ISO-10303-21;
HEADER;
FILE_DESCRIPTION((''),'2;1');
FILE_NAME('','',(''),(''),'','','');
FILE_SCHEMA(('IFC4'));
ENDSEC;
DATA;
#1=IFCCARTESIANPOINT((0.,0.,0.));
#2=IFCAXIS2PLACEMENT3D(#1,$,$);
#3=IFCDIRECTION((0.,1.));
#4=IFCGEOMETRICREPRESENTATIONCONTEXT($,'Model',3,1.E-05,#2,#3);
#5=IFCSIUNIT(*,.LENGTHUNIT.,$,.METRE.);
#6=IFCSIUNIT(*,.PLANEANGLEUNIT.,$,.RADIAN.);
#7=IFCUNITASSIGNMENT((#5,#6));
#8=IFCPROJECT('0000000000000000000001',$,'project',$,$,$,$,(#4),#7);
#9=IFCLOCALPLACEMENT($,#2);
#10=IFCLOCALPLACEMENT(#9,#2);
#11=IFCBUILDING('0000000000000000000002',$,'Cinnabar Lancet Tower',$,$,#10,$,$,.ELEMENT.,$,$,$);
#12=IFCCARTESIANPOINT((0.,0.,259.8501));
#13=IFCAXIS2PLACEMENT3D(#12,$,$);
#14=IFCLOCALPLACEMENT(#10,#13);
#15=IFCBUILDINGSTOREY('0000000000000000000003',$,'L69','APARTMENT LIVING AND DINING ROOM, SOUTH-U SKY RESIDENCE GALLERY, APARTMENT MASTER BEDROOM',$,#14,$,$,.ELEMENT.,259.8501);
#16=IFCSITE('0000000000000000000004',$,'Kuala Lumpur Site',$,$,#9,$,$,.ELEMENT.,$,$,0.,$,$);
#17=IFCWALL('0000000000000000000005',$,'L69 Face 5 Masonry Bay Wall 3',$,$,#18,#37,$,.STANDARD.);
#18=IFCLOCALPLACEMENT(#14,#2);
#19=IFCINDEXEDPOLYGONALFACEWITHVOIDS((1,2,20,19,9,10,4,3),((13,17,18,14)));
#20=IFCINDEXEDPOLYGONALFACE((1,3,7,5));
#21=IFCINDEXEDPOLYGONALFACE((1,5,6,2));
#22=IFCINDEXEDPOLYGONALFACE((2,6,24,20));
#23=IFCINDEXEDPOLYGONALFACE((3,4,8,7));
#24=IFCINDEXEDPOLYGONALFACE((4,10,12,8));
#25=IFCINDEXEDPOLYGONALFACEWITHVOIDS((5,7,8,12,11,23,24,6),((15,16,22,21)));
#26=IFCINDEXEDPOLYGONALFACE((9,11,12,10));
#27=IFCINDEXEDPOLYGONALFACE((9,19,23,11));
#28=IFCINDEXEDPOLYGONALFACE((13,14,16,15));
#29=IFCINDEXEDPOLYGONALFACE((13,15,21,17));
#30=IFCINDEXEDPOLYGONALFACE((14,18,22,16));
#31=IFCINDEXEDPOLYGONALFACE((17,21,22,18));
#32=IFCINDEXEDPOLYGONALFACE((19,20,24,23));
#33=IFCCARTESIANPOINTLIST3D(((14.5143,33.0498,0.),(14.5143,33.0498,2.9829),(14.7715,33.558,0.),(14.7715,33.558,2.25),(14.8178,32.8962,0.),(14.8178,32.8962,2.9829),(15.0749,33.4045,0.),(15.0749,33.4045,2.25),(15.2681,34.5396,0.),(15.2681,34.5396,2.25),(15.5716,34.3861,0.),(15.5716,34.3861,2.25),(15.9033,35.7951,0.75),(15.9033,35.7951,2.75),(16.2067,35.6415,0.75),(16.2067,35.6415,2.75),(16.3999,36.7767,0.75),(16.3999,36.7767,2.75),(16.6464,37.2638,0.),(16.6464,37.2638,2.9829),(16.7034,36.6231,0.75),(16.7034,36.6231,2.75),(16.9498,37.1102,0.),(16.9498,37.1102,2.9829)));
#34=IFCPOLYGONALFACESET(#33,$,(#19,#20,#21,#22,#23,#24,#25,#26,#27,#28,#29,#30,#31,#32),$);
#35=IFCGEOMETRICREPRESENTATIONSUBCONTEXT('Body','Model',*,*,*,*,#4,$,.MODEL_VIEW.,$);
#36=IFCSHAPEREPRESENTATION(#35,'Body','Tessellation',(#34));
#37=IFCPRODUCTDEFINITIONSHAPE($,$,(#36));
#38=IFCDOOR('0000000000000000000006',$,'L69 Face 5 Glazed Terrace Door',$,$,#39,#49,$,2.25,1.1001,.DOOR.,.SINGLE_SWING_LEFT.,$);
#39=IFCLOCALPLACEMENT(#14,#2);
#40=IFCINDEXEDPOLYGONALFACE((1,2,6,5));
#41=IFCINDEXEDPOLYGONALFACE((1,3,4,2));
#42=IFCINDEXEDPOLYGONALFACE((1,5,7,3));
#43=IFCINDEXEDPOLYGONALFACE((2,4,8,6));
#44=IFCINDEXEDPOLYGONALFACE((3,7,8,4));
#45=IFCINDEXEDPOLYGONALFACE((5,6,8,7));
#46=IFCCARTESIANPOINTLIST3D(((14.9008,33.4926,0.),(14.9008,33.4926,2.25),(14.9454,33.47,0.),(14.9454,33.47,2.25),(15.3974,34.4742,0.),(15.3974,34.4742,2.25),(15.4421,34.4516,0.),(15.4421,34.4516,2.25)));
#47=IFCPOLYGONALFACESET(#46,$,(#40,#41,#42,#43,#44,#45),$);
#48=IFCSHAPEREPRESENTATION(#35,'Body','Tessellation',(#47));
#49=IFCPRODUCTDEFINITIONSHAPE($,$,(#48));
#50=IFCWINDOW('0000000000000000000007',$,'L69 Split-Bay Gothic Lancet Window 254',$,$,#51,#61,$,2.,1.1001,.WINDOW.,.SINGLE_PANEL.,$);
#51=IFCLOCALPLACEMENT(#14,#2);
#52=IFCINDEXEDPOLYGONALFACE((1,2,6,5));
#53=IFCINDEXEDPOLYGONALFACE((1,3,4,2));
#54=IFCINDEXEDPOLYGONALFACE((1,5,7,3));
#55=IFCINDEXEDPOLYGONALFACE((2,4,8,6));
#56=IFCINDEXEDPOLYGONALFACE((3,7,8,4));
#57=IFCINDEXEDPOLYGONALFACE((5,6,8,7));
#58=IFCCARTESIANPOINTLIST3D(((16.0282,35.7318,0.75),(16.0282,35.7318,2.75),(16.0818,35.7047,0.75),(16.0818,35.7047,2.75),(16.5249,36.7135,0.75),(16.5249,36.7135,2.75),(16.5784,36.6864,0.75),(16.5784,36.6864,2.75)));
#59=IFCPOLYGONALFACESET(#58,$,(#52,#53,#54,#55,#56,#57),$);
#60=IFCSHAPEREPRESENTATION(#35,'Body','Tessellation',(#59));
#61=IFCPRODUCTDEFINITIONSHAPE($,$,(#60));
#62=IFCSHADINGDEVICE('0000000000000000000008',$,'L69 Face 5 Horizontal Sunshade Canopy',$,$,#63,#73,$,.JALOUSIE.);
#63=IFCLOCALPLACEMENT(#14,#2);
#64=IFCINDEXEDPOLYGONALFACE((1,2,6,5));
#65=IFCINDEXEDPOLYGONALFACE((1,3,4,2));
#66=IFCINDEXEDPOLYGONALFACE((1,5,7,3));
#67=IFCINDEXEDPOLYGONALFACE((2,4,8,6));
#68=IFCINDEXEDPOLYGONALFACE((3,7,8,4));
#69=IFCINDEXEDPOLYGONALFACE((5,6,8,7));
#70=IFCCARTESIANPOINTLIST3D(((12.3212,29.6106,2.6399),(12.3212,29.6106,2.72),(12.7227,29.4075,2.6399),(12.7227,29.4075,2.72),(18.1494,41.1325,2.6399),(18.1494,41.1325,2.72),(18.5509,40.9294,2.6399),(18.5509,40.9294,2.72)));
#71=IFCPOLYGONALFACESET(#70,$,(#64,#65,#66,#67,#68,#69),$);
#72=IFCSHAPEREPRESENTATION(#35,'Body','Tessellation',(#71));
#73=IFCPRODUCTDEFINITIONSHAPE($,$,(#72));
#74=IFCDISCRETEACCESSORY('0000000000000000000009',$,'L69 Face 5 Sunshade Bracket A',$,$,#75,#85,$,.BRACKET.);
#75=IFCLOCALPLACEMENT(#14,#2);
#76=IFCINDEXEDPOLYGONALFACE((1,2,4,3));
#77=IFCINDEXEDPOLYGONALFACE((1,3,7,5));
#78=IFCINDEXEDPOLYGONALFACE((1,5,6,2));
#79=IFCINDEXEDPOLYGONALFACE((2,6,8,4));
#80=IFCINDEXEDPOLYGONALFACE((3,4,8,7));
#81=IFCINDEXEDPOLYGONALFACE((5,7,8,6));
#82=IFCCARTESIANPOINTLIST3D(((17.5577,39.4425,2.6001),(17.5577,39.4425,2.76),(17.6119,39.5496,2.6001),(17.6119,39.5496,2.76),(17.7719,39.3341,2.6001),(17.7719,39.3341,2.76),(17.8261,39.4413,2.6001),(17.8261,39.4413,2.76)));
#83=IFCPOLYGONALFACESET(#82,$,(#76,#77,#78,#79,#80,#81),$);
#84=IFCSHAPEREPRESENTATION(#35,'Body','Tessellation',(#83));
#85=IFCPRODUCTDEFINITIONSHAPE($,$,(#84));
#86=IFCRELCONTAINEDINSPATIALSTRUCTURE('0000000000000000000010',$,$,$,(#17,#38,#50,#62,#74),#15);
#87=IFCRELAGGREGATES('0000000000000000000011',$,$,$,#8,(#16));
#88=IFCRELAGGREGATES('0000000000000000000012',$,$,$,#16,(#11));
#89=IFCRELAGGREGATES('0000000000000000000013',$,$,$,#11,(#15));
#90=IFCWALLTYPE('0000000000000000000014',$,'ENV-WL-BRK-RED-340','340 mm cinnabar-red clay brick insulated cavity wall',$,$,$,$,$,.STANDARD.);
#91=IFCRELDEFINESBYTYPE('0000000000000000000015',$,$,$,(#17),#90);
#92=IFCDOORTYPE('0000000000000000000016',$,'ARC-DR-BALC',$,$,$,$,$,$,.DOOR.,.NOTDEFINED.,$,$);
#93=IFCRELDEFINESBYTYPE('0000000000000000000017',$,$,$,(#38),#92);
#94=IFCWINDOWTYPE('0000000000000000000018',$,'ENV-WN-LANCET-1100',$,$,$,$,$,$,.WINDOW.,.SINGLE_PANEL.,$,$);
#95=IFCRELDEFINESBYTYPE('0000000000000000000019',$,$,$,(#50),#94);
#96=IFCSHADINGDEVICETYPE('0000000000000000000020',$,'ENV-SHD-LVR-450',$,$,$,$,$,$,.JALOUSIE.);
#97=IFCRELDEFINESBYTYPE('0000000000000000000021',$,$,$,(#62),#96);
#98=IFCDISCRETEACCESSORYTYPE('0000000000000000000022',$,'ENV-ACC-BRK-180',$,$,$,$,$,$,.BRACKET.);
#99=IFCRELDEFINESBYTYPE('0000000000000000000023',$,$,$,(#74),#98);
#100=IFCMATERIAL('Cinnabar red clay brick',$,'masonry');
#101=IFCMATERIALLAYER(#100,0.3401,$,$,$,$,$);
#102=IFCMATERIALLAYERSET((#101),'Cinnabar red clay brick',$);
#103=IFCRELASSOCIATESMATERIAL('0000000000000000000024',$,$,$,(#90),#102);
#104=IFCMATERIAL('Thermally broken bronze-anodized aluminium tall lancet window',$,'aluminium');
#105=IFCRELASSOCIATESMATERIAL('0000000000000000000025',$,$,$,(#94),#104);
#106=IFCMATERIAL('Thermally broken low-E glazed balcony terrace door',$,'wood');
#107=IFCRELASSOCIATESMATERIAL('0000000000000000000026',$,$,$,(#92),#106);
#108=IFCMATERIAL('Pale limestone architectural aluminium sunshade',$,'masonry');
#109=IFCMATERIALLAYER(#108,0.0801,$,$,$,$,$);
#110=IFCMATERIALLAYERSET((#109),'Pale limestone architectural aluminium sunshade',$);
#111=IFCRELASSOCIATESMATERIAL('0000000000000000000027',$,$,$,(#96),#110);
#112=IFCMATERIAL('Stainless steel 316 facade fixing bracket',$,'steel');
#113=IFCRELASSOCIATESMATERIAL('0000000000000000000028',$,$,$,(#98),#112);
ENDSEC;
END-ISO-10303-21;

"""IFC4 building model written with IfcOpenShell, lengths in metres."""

from ifc_helpers import new_model, si_unit, direction, frame, frame_2d, origin, origin_2d, place, context, subcontext, project, spatial, rectangle, extrude, material, layer, layer_set, type_object, element, fill, save


model = new_model("IFC4")

# Units and contexts
model_context = context("Model", 3, precision=1e-05, world=origin(), true_north=direction((0.0, 1.0)))
body_context = subcontext(model_context, "Body", "Model", "MODEL_VIEW")
ifc_project = project(units=[si_unit("LENGTHUNIT", "METRE"), si_unit("PLANEANGLEUNIT", "RADIAN")], contexts=[model_context])

# Site, building, storey
site_placement = place(None, origin())
site = spatial("IfcSite", under=ifc_project, at=site_placement, Name="Kuala Lumpur Site", CompositionType="ELEMENT", RefElevation=0.0)
building_placement = place(site_placement, origin())
building = spatial("IfcBuilding", under=site, at=building_placement, Name="Cinnabar Lancet Tower", CompositionType="ELEMENT")
storey_placement = place(building_placement, frame((0.0, 0.0, 259.8501)))
storey = spatial("IfcBuildingStorey", under=building, at=storey_placement, Name="L69", Description="APARTMENT LIVING AND DINING ROOM, SOUTH-U SKY RESIDENCE GALLERY, APARTMENT MASTER BEDROOM", CompositionType="ELEMENT", Elevation=259.8501)

# Shared definitions
ifc_material_1 = material(Name="Cinnabar red clay brick", Category="masonry")
ifc_layer_1 = layer(ifc_material_1, 0.3401)
ifc_layer_set_1 = layer_set([ifc_layer_1], Name="Cinnabar red clay brick")
wall_type_1 = type_object("IfcWallType", Name="ENV-WL-BRK-RED-340", Description="340 mm cinnabar-red clay brick insulated cavity wall", PredefinedType="STANDARD", material=ifc_layer_set_1)

# Shared definitions
ifc_material_2 = material(Name="Thermally broken bronze-anodized aluminium tall lancet window", Category="aluminium")
window_type = type_object("IfcWindowType", Name="ENV-WN-LANCET-1100", PartitioningType="SINGLE_PANEL", PredefinedType="WINDOW", material=ifc_material_2)

# Wall, openings, door, window
wall_1_placement = place(storey_placement, frame((16.7981, 37.187, 0.0), z_axis=(0.0, 0.0, 1.0), x_axis=(-0.451448, -0.892298, 0.0)))
wall_1 = element("IfcWall", 1, at=wall_1_placement, inside=storey, type_object=wall_type_1, Name="L69 Face 5 Masonry Bay Wall 3", PredefinedType="STANDARD", context=body_context, shape_type="SweptSolid", body=[
    extrude(rectangle(XDim=4.7227, YDim=0.3401, at=frame_2d((2.3613, 0.0))), origin(), (0.0, 0.0, 1.0), 2.9829),
])
opening_1_placement = place(wall_1_placement, frame((3.053, 0.0, 0.0)))
opening_1 = element("IfcOpeningElement", 2, at=opening_1_placement, cuts=wall_1, PredefinedType="OPENING", context=body_context, shape_type="SweptSolid", body=[
    extrude(rectangle(XDim=1.1001, YDim=2.25, at=frame_2d((0.55, 1.125))), frame((0.0, 0.1799, 0.0), z_axis=(0.0, -1.0, 0.0), x_axis=(1.0, 0.0, 0.0)), (0.0, 0.0, 1.0), 0.3601),
])
opening_2_placement = place(wall_1_placement, frame((0.5459, 0.0, 0.75)))
opening_2 = element("IfcOpeningElement", 3, at=opening_2_placement, cuts=wall_1, PredefinedType="OPENING", context=body_context, shape_type="SweptSolid", body=[
    extrude(rectangle(XDim=1.1001, YDim=2.0, at=frame_2d((0.55, 1.0))), frame((0.0, 0.1799, 0.0), z_axis=(0.0, -1.0, 0.0), x_axis=(1.0, 0.0, 0.0)), (0.0, 0.0, 1.0), 0.3601),
])
ifc_material_3 = material(Name="Thermally broken low-E glazed balcony terrace door", Category="wood")
door_type_1 = type_object("IfcDoorType", Name="ARC-DR-BALC", OperationType="NOTDEFINED", PredefinedType="DOOR", material=ifc_material_3)
door_1_placement = place(opening_1_placement, origin())
door_1 = element("IfcDoor", 4, at=door_1_placement, inside=storey, type_object=door_type_1, Name="L69 Face 5 Glazed Terrace Door", OperationType="SINGLE_SWING_LEFT", OverallHeight=2.25, OverallWidth=1.1001, PredefinedType="DOOR", context=body_context, shape_type="SweptSolid", body=[
    extrude(rectangle(XDim=1.1001, YDim=2.25, at=frame_2d((0.55, 1.125))), frame((0.0, 0.0249, 0.0), z_axis=(0.0, -1.0, 0.0), x_axis=(1.0, 0.0, 0.0)), (0.0, 0.0, 1.0), 0.05),
])
fill(opening_1, door_1)
window_1_placement = place(opening_2_placement, origin())
window_1 = element("IfcWindow", 5, at=window_1_placement, inside=storey, type_object=window_type, Name="L69 Split-Bay Gothic Lancet Window 254", OverallHeight=2.0, OverallWidth=1.1001, PartitioningType="SINGLE_PANEL", PredefinedType="WINDOW", context=body_context, shape_type="SweptSolid", body=[
    extrude(rectangle(XDim=1.1001, YDim=2.0, at=frame_2d((0.55, 1.0))), frame((0.0, 0.03, 0.0), z_axis=(0.0, -1.0, 0.0), x_axis=(1.0, 0.0, 0.0)), (0.0, 0.0, 1.0), 0.0601),
])
fill(opening_2, window_1)

# Shading device
ifc_material_4 = material(Name="Pale limestone architectural aluminium sunshade", Category="masonry")
ifc_layer_2 = layer(ifc_material_4, 0.0801)
ifc_layer_set_2 = layer_set([ifc_layer_2], Name="Pale limestone architectural aluminium sunshade")
shading_device_type = type_object("IfcShadingDeviceType", Name="ENV-SHD-LVR-450", PredefinedType="JALOUSIE", material=ifc_layer_set_2)
shading_device_placement = place(storey_placement, frame((15.436, 35.27, 2.6399), z_axis=(0.0, 0.0, 1.0), x_axis=(-0.451376, -0.892334, 0.0)))
element("IfcShadingDevice", 6, at=shading_device_placement, inside=storey, type_object=shading_device_type, Name="L69 Face 5 Horizontal Sunshade Canopy", PredefinedType="JALOUSIE", context=body_context, shape_type="SweptSolid", body=[
    extrude(rectangle(XDim=12.9121, YDim=0.45, at=origin_2d()), origin(), (0.0, 0.0, 1.0), 0.0801),
])

# Discrete accessory
ifc_material_5 = material(Name="Stainless steel 316 facade fixing bracket", Category="steel")
discrete_accessory_type = type_object("IfcDiscreteAccessoryType", Name="ENV-ACC-BRK-180", PredefinedType="BRACKET", material=ifc_material_5)
discrete_accessory_placement = place(storey_placement, frame((17.6919, 39.4419, 2.6001), z_axis=(0.0, 0.0, 1.0), x_axis=(-0.451376, -0.892334, 0.0)))
element("IfcDiscreteAccessory", 7, at=discrete_accessory_placement, inside=storey, type_object=discrete_accessory_type, Name="L69 Face 5 Sunshade Bracket A", PredefinedType="BRACKET", context=body_context, shape_type="SweptSolid", body=[
    extrude(rectangle(XDim=0.1201, YDim=0.24, at=origin_2d()), origin(), (0.0, 0.0, 1.0), 0.1599),
])

save(model, "model.ifc")
